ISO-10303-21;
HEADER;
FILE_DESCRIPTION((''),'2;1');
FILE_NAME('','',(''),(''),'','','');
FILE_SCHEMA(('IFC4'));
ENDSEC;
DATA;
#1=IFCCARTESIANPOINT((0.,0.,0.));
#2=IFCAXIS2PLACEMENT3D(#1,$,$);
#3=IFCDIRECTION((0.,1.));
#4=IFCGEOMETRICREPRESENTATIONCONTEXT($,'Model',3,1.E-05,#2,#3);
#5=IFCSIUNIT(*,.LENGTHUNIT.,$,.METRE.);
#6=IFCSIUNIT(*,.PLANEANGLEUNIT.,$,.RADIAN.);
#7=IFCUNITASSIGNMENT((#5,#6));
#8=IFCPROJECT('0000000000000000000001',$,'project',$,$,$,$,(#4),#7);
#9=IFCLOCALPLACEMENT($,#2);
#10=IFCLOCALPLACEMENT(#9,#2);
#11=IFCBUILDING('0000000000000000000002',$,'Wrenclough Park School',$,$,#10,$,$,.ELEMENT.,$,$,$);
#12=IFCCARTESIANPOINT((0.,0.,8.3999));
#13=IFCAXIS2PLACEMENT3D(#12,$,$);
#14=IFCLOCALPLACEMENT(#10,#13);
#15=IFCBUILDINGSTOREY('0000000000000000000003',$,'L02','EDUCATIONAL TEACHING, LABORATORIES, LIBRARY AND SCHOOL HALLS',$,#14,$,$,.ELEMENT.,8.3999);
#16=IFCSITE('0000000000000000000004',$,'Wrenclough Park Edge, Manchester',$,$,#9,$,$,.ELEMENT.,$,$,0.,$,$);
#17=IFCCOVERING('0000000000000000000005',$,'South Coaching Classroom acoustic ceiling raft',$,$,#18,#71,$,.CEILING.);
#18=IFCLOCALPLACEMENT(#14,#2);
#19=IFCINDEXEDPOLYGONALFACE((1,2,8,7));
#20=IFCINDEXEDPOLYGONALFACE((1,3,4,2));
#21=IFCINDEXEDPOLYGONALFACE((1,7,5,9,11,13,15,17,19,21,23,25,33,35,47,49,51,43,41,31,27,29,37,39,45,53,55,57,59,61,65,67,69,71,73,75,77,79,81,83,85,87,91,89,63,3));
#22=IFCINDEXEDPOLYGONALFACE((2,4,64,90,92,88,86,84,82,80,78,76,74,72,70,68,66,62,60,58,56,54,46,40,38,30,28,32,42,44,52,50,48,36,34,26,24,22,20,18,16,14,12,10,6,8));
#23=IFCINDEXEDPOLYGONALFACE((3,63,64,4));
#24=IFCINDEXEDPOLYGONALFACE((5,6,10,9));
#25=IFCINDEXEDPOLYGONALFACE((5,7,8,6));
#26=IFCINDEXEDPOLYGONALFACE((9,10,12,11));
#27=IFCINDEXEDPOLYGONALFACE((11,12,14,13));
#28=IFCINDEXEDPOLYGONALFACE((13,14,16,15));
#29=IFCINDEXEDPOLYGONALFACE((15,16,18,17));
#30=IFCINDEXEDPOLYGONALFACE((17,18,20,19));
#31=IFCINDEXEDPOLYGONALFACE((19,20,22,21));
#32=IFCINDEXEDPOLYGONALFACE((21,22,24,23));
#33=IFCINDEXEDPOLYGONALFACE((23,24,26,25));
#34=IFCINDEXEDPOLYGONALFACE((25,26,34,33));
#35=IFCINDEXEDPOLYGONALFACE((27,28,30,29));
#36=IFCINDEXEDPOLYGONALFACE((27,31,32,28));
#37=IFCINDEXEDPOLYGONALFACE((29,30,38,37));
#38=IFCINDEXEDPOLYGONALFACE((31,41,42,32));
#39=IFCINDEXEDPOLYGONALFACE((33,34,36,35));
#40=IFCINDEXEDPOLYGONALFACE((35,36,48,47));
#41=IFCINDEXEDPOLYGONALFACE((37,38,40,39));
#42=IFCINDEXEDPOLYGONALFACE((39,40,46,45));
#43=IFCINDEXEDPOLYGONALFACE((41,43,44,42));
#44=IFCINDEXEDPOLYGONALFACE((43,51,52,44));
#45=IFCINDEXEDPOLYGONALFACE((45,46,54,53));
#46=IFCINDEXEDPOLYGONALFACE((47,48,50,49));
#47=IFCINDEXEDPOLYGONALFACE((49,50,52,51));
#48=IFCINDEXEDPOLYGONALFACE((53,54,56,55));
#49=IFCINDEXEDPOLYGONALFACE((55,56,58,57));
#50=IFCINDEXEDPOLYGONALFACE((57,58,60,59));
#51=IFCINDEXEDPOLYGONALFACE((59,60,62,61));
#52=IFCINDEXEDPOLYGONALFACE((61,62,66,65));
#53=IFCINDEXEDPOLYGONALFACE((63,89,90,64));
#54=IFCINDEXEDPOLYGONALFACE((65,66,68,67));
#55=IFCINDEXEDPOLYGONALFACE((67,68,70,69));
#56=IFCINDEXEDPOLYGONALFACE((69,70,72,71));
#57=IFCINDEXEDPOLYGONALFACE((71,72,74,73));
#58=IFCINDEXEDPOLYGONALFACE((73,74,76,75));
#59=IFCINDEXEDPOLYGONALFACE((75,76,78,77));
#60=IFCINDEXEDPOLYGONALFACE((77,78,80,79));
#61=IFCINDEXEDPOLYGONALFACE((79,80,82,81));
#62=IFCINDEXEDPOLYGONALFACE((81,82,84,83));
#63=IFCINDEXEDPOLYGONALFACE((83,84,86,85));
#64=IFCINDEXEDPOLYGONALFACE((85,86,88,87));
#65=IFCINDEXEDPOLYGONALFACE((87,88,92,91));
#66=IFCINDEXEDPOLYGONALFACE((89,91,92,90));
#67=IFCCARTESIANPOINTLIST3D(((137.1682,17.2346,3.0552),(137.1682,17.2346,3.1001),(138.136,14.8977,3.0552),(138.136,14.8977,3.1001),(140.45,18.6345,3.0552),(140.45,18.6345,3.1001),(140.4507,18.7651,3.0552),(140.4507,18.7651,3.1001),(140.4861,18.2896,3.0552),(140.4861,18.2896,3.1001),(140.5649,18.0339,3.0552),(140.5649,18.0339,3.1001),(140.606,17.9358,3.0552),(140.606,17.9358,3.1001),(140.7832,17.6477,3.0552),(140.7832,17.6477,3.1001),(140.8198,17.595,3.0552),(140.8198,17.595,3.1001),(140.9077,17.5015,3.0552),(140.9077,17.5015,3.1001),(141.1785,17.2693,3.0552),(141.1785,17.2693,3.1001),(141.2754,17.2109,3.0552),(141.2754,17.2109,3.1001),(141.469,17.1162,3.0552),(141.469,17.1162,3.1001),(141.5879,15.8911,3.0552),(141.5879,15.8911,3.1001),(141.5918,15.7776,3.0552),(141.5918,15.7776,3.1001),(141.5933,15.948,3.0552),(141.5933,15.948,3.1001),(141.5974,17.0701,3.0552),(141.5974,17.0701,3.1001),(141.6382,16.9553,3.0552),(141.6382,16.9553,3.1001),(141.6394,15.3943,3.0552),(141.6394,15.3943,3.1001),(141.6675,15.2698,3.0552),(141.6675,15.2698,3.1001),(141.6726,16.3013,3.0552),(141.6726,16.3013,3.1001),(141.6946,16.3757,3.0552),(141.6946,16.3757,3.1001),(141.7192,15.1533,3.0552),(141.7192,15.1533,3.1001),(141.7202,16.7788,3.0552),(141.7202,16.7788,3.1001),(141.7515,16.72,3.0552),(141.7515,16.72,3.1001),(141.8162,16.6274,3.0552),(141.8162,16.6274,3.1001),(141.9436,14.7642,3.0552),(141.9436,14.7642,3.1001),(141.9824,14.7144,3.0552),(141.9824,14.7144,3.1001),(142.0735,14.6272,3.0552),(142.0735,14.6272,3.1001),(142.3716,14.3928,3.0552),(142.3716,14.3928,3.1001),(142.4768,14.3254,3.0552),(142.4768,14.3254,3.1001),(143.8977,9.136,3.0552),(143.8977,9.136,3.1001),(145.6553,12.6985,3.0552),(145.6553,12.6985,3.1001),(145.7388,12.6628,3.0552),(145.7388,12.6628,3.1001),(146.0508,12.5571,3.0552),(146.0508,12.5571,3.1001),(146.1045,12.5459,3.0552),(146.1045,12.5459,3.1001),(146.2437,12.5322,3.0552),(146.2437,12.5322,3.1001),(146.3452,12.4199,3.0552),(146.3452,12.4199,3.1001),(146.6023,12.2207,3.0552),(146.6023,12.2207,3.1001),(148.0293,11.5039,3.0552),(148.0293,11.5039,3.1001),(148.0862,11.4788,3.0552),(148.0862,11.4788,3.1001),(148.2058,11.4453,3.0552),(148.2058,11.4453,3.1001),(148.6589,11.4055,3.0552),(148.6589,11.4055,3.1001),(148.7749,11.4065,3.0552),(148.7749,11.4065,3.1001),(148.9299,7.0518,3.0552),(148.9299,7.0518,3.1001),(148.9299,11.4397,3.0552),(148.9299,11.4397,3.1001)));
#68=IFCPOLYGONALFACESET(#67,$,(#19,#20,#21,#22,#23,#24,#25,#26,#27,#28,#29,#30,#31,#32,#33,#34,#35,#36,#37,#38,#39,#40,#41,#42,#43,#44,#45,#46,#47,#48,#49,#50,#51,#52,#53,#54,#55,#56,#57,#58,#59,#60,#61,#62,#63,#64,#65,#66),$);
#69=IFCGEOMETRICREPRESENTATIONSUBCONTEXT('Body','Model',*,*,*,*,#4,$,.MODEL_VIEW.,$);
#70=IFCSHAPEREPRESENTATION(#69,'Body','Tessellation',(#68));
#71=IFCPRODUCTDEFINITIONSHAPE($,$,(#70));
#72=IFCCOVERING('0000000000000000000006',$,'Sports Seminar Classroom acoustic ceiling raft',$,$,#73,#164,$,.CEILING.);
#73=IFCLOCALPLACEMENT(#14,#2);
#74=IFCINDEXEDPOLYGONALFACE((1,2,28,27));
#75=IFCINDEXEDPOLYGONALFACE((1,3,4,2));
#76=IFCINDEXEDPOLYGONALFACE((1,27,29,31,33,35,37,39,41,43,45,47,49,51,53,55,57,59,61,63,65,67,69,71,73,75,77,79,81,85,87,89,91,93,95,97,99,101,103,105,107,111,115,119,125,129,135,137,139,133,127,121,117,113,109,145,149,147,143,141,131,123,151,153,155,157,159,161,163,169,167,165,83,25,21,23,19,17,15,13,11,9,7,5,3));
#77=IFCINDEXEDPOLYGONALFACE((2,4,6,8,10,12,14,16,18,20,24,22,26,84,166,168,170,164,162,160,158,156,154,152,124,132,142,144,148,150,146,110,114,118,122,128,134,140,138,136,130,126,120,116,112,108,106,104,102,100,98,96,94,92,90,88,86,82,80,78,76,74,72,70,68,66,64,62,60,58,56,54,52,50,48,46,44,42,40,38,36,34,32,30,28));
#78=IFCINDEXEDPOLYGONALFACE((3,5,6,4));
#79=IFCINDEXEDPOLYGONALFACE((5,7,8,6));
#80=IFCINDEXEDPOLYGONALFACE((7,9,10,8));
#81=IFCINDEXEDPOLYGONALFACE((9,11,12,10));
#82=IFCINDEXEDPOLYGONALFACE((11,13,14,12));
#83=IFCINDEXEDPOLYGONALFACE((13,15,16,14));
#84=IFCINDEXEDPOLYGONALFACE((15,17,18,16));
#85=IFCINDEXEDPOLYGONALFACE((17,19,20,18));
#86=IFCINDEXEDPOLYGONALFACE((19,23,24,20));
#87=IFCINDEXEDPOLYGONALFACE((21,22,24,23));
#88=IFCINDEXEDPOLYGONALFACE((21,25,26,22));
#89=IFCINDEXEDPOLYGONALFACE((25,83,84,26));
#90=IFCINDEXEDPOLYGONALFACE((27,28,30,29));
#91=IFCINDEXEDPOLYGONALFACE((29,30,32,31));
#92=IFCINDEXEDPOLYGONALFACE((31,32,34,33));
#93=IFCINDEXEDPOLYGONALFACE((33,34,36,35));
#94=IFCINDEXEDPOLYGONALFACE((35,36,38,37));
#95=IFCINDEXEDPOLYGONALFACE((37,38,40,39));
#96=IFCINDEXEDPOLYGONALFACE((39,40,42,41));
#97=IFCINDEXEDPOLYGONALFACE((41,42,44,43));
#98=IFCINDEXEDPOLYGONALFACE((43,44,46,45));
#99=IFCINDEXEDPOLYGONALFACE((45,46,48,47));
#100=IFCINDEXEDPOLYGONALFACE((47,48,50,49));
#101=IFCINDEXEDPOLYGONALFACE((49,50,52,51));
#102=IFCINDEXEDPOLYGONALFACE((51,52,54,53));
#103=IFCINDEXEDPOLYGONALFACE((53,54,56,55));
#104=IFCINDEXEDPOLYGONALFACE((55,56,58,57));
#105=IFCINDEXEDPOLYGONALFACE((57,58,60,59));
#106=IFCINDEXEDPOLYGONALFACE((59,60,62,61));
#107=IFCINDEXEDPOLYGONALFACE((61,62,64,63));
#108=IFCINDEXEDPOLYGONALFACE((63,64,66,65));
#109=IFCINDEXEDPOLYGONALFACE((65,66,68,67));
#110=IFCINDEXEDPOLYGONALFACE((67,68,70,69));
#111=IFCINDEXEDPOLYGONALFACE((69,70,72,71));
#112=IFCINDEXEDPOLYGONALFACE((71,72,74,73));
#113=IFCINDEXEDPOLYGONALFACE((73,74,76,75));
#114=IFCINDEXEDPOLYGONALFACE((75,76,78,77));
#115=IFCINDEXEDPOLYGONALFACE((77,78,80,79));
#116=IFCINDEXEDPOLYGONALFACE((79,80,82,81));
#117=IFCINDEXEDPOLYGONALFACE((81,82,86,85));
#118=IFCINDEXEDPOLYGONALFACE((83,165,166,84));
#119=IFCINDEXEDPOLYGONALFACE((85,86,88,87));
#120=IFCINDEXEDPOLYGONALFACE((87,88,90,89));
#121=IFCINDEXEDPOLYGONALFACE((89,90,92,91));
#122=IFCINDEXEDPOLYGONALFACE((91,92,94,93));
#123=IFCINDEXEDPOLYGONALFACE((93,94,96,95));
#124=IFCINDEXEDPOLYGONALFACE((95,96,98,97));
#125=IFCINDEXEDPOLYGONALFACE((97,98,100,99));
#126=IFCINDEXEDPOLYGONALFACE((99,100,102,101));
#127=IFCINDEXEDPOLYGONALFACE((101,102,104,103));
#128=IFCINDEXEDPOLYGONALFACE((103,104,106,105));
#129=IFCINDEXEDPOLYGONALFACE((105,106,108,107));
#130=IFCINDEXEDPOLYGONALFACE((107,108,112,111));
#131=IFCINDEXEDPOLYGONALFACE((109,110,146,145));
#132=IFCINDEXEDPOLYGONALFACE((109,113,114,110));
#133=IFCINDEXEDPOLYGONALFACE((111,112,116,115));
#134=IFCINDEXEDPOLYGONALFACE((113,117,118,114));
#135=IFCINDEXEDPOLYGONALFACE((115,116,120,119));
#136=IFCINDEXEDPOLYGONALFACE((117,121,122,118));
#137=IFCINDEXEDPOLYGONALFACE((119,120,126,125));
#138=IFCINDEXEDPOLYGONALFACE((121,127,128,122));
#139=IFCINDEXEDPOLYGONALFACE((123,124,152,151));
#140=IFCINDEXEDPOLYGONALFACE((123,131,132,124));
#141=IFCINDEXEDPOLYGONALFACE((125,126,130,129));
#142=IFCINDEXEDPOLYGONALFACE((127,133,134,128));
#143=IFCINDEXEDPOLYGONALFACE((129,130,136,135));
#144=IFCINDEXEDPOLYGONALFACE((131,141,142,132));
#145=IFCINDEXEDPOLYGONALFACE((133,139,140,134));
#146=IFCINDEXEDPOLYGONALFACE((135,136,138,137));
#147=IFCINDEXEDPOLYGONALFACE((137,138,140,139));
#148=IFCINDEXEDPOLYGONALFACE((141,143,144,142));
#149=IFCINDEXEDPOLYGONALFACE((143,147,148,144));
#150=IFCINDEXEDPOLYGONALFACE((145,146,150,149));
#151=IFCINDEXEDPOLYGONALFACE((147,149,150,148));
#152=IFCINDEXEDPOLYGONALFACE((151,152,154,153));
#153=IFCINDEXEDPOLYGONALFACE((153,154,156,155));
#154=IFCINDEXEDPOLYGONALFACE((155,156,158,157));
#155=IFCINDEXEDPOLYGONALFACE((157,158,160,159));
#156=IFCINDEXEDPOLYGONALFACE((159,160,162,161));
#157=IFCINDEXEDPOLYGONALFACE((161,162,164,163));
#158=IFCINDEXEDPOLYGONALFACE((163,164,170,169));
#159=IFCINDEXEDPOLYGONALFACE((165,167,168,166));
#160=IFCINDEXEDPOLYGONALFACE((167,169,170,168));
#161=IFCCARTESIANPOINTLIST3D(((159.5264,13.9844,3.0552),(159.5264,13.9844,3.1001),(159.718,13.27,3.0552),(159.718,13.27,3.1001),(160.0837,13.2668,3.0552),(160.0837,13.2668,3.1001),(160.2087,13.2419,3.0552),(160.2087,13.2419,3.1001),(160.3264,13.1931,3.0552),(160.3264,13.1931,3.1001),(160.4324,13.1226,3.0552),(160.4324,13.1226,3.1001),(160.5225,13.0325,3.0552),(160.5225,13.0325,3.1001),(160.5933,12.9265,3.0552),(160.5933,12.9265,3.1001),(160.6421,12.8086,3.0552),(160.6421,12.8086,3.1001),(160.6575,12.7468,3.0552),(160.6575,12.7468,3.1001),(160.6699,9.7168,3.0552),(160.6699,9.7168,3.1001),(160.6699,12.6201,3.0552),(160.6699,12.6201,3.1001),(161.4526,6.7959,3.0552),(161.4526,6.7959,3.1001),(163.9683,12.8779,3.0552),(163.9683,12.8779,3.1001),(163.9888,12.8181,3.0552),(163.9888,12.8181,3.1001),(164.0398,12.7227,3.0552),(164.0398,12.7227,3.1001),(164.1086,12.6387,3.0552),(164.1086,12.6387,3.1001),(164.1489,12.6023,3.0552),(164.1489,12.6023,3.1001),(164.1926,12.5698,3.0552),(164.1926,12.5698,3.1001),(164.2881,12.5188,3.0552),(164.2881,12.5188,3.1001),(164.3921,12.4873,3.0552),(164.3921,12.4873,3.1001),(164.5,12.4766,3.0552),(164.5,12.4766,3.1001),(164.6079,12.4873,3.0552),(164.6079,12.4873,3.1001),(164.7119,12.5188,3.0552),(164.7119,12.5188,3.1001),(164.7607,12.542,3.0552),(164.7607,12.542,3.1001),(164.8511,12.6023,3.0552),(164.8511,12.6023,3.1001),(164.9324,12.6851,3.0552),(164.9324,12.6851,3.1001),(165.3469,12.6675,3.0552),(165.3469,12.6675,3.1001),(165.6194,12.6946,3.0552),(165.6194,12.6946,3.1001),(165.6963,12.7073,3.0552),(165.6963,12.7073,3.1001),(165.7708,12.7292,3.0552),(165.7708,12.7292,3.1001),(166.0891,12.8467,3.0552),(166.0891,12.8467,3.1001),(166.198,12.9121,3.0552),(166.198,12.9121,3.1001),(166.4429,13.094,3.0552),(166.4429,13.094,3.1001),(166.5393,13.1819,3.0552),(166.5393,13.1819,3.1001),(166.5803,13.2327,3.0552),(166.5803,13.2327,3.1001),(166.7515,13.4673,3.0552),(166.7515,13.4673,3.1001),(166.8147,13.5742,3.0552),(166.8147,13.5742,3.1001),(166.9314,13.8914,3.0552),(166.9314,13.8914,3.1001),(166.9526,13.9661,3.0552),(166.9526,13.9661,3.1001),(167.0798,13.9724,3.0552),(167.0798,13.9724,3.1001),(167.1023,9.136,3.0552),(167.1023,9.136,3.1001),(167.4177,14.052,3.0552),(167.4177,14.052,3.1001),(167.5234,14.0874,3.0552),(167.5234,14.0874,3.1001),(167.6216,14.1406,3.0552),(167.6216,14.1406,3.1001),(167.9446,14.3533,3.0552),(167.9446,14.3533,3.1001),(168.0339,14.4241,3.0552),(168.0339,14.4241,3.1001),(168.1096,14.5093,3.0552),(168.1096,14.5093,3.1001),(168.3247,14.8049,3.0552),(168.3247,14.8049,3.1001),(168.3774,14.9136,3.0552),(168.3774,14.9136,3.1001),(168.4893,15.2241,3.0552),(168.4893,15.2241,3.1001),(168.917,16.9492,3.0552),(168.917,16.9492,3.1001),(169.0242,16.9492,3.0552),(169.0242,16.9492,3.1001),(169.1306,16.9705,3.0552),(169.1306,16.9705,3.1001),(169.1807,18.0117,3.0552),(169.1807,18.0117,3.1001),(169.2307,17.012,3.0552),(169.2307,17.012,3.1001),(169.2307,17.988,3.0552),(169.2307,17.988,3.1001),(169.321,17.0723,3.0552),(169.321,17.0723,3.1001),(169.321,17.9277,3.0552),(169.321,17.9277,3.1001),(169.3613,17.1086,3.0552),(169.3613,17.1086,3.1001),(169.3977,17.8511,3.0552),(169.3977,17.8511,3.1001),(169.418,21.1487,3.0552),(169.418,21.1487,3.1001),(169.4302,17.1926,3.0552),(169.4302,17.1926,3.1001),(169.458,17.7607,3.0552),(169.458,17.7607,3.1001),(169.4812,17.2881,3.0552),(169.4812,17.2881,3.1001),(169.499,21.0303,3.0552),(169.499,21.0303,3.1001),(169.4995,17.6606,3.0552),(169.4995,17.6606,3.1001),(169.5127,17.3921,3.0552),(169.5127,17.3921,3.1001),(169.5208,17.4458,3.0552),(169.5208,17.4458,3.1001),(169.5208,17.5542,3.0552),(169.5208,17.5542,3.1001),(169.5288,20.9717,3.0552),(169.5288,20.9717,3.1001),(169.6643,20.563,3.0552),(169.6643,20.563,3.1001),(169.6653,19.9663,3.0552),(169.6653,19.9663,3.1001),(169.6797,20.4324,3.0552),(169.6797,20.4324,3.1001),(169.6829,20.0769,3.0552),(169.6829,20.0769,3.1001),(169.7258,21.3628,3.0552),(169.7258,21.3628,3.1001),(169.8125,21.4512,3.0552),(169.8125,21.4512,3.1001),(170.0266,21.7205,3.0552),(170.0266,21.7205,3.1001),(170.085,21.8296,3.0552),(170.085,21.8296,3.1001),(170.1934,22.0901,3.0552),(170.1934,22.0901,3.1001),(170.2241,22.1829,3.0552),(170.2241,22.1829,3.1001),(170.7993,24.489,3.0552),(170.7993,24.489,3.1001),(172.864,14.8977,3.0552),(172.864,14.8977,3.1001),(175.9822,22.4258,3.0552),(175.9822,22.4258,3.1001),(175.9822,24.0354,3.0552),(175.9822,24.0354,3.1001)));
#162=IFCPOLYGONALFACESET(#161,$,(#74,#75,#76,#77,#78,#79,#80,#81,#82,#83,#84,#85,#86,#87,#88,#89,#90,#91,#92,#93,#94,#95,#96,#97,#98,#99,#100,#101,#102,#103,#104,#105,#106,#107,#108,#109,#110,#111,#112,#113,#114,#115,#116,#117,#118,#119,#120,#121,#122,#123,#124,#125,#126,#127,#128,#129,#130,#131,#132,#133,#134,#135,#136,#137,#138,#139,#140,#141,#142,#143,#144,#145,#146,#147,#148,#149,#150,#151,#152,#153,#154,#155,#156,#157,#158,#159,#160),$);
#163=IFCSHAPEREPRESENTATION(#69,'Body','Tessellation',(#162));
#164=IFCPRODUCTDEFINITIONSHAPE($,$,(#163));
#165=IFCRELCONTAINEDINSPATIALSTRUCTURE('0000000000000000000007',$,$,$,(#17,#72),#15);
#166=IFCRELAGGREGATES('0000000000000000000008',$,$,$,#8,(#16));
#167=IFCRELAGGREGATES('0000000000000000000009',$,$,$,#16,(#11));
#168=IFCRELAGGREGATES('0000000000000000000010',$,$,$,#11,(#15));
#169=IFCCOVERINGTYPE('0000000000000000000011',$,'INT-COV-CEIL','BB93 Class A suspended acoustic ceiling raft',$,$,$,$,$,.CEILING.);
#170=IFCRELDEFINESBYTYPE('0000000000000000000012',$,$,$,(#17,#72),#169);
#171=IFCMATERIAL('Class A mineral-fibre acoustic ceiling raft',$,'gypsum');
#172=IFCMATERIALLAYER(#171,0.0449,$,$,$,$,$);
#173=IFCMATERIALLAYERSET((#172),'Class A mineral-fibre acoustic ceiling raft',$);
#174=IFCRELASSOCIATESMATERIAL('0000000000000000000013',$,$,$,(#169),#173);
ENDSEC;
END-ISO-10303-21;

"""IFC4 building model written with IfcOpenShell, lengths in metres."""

from ifc_helpers import new_model, si_unit, direction, frame, origin, place, context, subcontext, project, spatial, polyline, outline, extrude, material, layer, layer_set, type_object, element, save


model = new_model("IFC4")

# Units and contexts
model_context = context("Model", 3, precision=1e-05, world=origin(), true_north=direction((0.0, 1.0)))
body_context = subcontext(model_context, "Body", "Model", "MODEL_VIEW")
ifc_project = project(units=[si_unit("LENGTHUNIT", "METRE"), si_unit("PLANEANGLEUNIT", "RADIAN")], contexts=[model_context])

# Site, building, storey
site_placement = place(None, origin())
site = spatial("IfcSite", under=ifc_project, at=site_placement, Name="Wrenclough Park Edge, Manchester", CompositionType="ELEMENT", RefElevation=0.0)
building_placement = place(site_placement, origin())
building = spatial("IfcBuilding", under=site, at=building_placement, Name="Wrenclough Park School", CompositionType="ELEMENT")
storey_placement = place(building_placement, frame((0.0, 0.0, 8.3999)))
storey = spatial("IfcBuildingStorey", under=building, at=storey_placement, Name="L02", Description="EDUCATIONAL TEACHING, LABORATORIES, LIBRARY AND SCHOOL HALLS", CompositionType="ELEMENT", Elevation=8.3999)

# Coverings
ifc_material_1 = material(Name="Class A mineral-fibre acoustic ceiling raft", Category="gypsum")
ifc_layer_1 = layer(ifc_material_1, 0.0449)
ifc_layer_set_1 = layer_set([ifc_layer_1], Name="Class A mineral-fibre acoustic ceiling raft")
covering_type_1 = type_object("IfcCoveringType", Name="INT-COV-CEIL", Description="BB93 Class A suspended acoustic ceiling raft", PredefinedType="CEILING", material=ifc_layer_set_1)
covering_1_placement = place(storey_placement, frame((0.0, 0.0, 3.0552)))
element("IfcCovering", 1, at=covering_1_placement, inside=storey, type_object=covering_type_1, Name="South Coaching Classroom acoustic ceiling raft", PredefinedType="CEILING", context=body_context, shape_type="SweptSolid", body=[
    extrude(outline(polyline([(140.45, 18.6345), (140.4507, 18.7651), (137.1682, 17.2346), (138.136, 14.8977), (143.8977, 9.136), (148.9299, 7.0518), (148.9299, 11.4397), (148.7749, 11.4065), (148.6589, 11.4055), (148.2058, 11.4453), (148.0862, 11.4788), (148.0293, 11.5039), (146.6023, 12.2207), (146.3452, 12.4199), (146.2437, 12.5322), (146.1045, 12.5459), (146.0508, 12.5571), (145.7388, 12.6628), (145.6553, 12.6985), (142.4768, 14.3254), (142.3716, 14.3928), (142.0735, 14.6272), (141.9824, 14.7144), (141.9436, 14.7642), (141.7192, 15.1533), (141.6675, 15.2698), (141.6394, 15.3943), (141.5918, 15.7776), (141.5879, 15.8911), (141.5933, 15.948), (141.6726, 16.3013), (141.6946, 16.3757), (141.8162, 16.6274), (141.7515, 16.72), (141.7202, 16.7788), (141.6382, 16.9553), (141.5974, 17.0701), (141.469, 17.1162), (141.2754, 17.2109), (141.1785, 17.2693), (140.9077, 17.5015), (140.8198, 17.595), (140.7832, 17.6477), (140.606, 17.9358), (140.5649, 18.0339), (140.4861, 18.2896), (140.45, 18.6345)])), origin(), (0.0, 0.0, 1.0), 0.0449),
])
covering_2_placement = place(storey_placement, frame((0.0, 0.0, 3.0552)))
element("IfcCovering", 2, at=covering_2_placement, inside=storey, type_object=covering_type_1, Name="Sports Seminar Classroom acoustic ceiling raft", PredefinedType="CEILING", context=body_context, shape_type="SweptSolid", body=[
    extrude(outline(polyline([(163.9683, 12.8779), (159.5264, 13.9844), (159.718, 13.27), (160.0837, 13.2668), (160.2087, 13.2419), (160.3264, 13.1931), (160.4324, 13.1226), (160.5225, 13.0325), (160.5933, 12.9265), (160.6421, 12.8086), (160.6575, 12.7468), (160.6699, 12.6201), (160.6699, 9.7168), (161.4526, 6.7959), (167.1023, 9.136), (172.864, 14.8977), (175.9822, 22.4258), (175.9822, 24.0354), (170.7993, 24.489), (170.2241, 22.1829), (170.1934, 22.0901), (170.085, 21.8296), (170.0266, 21.7205), (169.8125, 21.4512), (169.7258, 21.3628), (169.418, 21.1487), (169.499, 21.0303), (169.5288, 20.9717), (169.6643, 20.563), (169.6797, 20.4324), (169.6829, 20.0769), (169.6653, 19.9663), (169.1807, 18.0117), (169.2307, 17.988), (169.321, 17.9277), (169.3977, 17.8511), (169.458, 17.7607), (169.4995, 17.6606), (169.5208, 17.5542), (169.5208, 17.4458), (169.5127, 17.3921), (169.4812, 17.2881), (169.4302, 17.1926), (169.3613, 17.1086), (169.321, 17.0723), (169.2307, 17.012), (169.1306, 16.9705), (169.0242, 16.9492), (168.917, 16.9492), (168.4893, 15.2241), (168.3774, 14.9136), (168.3247, 14.8049), (168.1096, 14.5093), (168.0339, 14.4241), (167.9446, 14.3533), (167.6216, 14.1406), (167.5234, 14.0874), (167.4177, 14.052), (167.0798, 13.9724), (166.9526, 13.9661), (166.9314, 13.8914), (166.8147, 13.5742), (166.7515, 13.4673), (166.5803, 13.2327), (166.5393, 13.1819), (166.4429, 13.094), (166.198, 12.9121), (166.0891, 12.8467), (165.7708, 12.7292), (165.6963, 12.7073), (165.6194, 12.6946), (165.3469, 12.6675), (164.9324, 12.6851), (164.8511, 12.6023), (164.7607, 12.542), (164.7119, 12.5188), (164.6079, 12.4873), (164.5, 12.4766), (164.3921, 12.4873), (164.2881, 12.5188), (164.1926, 12.5698), (164.1489, 12.6023), (164.1086, 12.6387), (164.0398, 12.7227), (163.9888, 12.8181), (163.9683, 12.8779)])), origin(), (0.0, 0.0, 1.0), 0.0449),
])

save(model, "model.ifc")
